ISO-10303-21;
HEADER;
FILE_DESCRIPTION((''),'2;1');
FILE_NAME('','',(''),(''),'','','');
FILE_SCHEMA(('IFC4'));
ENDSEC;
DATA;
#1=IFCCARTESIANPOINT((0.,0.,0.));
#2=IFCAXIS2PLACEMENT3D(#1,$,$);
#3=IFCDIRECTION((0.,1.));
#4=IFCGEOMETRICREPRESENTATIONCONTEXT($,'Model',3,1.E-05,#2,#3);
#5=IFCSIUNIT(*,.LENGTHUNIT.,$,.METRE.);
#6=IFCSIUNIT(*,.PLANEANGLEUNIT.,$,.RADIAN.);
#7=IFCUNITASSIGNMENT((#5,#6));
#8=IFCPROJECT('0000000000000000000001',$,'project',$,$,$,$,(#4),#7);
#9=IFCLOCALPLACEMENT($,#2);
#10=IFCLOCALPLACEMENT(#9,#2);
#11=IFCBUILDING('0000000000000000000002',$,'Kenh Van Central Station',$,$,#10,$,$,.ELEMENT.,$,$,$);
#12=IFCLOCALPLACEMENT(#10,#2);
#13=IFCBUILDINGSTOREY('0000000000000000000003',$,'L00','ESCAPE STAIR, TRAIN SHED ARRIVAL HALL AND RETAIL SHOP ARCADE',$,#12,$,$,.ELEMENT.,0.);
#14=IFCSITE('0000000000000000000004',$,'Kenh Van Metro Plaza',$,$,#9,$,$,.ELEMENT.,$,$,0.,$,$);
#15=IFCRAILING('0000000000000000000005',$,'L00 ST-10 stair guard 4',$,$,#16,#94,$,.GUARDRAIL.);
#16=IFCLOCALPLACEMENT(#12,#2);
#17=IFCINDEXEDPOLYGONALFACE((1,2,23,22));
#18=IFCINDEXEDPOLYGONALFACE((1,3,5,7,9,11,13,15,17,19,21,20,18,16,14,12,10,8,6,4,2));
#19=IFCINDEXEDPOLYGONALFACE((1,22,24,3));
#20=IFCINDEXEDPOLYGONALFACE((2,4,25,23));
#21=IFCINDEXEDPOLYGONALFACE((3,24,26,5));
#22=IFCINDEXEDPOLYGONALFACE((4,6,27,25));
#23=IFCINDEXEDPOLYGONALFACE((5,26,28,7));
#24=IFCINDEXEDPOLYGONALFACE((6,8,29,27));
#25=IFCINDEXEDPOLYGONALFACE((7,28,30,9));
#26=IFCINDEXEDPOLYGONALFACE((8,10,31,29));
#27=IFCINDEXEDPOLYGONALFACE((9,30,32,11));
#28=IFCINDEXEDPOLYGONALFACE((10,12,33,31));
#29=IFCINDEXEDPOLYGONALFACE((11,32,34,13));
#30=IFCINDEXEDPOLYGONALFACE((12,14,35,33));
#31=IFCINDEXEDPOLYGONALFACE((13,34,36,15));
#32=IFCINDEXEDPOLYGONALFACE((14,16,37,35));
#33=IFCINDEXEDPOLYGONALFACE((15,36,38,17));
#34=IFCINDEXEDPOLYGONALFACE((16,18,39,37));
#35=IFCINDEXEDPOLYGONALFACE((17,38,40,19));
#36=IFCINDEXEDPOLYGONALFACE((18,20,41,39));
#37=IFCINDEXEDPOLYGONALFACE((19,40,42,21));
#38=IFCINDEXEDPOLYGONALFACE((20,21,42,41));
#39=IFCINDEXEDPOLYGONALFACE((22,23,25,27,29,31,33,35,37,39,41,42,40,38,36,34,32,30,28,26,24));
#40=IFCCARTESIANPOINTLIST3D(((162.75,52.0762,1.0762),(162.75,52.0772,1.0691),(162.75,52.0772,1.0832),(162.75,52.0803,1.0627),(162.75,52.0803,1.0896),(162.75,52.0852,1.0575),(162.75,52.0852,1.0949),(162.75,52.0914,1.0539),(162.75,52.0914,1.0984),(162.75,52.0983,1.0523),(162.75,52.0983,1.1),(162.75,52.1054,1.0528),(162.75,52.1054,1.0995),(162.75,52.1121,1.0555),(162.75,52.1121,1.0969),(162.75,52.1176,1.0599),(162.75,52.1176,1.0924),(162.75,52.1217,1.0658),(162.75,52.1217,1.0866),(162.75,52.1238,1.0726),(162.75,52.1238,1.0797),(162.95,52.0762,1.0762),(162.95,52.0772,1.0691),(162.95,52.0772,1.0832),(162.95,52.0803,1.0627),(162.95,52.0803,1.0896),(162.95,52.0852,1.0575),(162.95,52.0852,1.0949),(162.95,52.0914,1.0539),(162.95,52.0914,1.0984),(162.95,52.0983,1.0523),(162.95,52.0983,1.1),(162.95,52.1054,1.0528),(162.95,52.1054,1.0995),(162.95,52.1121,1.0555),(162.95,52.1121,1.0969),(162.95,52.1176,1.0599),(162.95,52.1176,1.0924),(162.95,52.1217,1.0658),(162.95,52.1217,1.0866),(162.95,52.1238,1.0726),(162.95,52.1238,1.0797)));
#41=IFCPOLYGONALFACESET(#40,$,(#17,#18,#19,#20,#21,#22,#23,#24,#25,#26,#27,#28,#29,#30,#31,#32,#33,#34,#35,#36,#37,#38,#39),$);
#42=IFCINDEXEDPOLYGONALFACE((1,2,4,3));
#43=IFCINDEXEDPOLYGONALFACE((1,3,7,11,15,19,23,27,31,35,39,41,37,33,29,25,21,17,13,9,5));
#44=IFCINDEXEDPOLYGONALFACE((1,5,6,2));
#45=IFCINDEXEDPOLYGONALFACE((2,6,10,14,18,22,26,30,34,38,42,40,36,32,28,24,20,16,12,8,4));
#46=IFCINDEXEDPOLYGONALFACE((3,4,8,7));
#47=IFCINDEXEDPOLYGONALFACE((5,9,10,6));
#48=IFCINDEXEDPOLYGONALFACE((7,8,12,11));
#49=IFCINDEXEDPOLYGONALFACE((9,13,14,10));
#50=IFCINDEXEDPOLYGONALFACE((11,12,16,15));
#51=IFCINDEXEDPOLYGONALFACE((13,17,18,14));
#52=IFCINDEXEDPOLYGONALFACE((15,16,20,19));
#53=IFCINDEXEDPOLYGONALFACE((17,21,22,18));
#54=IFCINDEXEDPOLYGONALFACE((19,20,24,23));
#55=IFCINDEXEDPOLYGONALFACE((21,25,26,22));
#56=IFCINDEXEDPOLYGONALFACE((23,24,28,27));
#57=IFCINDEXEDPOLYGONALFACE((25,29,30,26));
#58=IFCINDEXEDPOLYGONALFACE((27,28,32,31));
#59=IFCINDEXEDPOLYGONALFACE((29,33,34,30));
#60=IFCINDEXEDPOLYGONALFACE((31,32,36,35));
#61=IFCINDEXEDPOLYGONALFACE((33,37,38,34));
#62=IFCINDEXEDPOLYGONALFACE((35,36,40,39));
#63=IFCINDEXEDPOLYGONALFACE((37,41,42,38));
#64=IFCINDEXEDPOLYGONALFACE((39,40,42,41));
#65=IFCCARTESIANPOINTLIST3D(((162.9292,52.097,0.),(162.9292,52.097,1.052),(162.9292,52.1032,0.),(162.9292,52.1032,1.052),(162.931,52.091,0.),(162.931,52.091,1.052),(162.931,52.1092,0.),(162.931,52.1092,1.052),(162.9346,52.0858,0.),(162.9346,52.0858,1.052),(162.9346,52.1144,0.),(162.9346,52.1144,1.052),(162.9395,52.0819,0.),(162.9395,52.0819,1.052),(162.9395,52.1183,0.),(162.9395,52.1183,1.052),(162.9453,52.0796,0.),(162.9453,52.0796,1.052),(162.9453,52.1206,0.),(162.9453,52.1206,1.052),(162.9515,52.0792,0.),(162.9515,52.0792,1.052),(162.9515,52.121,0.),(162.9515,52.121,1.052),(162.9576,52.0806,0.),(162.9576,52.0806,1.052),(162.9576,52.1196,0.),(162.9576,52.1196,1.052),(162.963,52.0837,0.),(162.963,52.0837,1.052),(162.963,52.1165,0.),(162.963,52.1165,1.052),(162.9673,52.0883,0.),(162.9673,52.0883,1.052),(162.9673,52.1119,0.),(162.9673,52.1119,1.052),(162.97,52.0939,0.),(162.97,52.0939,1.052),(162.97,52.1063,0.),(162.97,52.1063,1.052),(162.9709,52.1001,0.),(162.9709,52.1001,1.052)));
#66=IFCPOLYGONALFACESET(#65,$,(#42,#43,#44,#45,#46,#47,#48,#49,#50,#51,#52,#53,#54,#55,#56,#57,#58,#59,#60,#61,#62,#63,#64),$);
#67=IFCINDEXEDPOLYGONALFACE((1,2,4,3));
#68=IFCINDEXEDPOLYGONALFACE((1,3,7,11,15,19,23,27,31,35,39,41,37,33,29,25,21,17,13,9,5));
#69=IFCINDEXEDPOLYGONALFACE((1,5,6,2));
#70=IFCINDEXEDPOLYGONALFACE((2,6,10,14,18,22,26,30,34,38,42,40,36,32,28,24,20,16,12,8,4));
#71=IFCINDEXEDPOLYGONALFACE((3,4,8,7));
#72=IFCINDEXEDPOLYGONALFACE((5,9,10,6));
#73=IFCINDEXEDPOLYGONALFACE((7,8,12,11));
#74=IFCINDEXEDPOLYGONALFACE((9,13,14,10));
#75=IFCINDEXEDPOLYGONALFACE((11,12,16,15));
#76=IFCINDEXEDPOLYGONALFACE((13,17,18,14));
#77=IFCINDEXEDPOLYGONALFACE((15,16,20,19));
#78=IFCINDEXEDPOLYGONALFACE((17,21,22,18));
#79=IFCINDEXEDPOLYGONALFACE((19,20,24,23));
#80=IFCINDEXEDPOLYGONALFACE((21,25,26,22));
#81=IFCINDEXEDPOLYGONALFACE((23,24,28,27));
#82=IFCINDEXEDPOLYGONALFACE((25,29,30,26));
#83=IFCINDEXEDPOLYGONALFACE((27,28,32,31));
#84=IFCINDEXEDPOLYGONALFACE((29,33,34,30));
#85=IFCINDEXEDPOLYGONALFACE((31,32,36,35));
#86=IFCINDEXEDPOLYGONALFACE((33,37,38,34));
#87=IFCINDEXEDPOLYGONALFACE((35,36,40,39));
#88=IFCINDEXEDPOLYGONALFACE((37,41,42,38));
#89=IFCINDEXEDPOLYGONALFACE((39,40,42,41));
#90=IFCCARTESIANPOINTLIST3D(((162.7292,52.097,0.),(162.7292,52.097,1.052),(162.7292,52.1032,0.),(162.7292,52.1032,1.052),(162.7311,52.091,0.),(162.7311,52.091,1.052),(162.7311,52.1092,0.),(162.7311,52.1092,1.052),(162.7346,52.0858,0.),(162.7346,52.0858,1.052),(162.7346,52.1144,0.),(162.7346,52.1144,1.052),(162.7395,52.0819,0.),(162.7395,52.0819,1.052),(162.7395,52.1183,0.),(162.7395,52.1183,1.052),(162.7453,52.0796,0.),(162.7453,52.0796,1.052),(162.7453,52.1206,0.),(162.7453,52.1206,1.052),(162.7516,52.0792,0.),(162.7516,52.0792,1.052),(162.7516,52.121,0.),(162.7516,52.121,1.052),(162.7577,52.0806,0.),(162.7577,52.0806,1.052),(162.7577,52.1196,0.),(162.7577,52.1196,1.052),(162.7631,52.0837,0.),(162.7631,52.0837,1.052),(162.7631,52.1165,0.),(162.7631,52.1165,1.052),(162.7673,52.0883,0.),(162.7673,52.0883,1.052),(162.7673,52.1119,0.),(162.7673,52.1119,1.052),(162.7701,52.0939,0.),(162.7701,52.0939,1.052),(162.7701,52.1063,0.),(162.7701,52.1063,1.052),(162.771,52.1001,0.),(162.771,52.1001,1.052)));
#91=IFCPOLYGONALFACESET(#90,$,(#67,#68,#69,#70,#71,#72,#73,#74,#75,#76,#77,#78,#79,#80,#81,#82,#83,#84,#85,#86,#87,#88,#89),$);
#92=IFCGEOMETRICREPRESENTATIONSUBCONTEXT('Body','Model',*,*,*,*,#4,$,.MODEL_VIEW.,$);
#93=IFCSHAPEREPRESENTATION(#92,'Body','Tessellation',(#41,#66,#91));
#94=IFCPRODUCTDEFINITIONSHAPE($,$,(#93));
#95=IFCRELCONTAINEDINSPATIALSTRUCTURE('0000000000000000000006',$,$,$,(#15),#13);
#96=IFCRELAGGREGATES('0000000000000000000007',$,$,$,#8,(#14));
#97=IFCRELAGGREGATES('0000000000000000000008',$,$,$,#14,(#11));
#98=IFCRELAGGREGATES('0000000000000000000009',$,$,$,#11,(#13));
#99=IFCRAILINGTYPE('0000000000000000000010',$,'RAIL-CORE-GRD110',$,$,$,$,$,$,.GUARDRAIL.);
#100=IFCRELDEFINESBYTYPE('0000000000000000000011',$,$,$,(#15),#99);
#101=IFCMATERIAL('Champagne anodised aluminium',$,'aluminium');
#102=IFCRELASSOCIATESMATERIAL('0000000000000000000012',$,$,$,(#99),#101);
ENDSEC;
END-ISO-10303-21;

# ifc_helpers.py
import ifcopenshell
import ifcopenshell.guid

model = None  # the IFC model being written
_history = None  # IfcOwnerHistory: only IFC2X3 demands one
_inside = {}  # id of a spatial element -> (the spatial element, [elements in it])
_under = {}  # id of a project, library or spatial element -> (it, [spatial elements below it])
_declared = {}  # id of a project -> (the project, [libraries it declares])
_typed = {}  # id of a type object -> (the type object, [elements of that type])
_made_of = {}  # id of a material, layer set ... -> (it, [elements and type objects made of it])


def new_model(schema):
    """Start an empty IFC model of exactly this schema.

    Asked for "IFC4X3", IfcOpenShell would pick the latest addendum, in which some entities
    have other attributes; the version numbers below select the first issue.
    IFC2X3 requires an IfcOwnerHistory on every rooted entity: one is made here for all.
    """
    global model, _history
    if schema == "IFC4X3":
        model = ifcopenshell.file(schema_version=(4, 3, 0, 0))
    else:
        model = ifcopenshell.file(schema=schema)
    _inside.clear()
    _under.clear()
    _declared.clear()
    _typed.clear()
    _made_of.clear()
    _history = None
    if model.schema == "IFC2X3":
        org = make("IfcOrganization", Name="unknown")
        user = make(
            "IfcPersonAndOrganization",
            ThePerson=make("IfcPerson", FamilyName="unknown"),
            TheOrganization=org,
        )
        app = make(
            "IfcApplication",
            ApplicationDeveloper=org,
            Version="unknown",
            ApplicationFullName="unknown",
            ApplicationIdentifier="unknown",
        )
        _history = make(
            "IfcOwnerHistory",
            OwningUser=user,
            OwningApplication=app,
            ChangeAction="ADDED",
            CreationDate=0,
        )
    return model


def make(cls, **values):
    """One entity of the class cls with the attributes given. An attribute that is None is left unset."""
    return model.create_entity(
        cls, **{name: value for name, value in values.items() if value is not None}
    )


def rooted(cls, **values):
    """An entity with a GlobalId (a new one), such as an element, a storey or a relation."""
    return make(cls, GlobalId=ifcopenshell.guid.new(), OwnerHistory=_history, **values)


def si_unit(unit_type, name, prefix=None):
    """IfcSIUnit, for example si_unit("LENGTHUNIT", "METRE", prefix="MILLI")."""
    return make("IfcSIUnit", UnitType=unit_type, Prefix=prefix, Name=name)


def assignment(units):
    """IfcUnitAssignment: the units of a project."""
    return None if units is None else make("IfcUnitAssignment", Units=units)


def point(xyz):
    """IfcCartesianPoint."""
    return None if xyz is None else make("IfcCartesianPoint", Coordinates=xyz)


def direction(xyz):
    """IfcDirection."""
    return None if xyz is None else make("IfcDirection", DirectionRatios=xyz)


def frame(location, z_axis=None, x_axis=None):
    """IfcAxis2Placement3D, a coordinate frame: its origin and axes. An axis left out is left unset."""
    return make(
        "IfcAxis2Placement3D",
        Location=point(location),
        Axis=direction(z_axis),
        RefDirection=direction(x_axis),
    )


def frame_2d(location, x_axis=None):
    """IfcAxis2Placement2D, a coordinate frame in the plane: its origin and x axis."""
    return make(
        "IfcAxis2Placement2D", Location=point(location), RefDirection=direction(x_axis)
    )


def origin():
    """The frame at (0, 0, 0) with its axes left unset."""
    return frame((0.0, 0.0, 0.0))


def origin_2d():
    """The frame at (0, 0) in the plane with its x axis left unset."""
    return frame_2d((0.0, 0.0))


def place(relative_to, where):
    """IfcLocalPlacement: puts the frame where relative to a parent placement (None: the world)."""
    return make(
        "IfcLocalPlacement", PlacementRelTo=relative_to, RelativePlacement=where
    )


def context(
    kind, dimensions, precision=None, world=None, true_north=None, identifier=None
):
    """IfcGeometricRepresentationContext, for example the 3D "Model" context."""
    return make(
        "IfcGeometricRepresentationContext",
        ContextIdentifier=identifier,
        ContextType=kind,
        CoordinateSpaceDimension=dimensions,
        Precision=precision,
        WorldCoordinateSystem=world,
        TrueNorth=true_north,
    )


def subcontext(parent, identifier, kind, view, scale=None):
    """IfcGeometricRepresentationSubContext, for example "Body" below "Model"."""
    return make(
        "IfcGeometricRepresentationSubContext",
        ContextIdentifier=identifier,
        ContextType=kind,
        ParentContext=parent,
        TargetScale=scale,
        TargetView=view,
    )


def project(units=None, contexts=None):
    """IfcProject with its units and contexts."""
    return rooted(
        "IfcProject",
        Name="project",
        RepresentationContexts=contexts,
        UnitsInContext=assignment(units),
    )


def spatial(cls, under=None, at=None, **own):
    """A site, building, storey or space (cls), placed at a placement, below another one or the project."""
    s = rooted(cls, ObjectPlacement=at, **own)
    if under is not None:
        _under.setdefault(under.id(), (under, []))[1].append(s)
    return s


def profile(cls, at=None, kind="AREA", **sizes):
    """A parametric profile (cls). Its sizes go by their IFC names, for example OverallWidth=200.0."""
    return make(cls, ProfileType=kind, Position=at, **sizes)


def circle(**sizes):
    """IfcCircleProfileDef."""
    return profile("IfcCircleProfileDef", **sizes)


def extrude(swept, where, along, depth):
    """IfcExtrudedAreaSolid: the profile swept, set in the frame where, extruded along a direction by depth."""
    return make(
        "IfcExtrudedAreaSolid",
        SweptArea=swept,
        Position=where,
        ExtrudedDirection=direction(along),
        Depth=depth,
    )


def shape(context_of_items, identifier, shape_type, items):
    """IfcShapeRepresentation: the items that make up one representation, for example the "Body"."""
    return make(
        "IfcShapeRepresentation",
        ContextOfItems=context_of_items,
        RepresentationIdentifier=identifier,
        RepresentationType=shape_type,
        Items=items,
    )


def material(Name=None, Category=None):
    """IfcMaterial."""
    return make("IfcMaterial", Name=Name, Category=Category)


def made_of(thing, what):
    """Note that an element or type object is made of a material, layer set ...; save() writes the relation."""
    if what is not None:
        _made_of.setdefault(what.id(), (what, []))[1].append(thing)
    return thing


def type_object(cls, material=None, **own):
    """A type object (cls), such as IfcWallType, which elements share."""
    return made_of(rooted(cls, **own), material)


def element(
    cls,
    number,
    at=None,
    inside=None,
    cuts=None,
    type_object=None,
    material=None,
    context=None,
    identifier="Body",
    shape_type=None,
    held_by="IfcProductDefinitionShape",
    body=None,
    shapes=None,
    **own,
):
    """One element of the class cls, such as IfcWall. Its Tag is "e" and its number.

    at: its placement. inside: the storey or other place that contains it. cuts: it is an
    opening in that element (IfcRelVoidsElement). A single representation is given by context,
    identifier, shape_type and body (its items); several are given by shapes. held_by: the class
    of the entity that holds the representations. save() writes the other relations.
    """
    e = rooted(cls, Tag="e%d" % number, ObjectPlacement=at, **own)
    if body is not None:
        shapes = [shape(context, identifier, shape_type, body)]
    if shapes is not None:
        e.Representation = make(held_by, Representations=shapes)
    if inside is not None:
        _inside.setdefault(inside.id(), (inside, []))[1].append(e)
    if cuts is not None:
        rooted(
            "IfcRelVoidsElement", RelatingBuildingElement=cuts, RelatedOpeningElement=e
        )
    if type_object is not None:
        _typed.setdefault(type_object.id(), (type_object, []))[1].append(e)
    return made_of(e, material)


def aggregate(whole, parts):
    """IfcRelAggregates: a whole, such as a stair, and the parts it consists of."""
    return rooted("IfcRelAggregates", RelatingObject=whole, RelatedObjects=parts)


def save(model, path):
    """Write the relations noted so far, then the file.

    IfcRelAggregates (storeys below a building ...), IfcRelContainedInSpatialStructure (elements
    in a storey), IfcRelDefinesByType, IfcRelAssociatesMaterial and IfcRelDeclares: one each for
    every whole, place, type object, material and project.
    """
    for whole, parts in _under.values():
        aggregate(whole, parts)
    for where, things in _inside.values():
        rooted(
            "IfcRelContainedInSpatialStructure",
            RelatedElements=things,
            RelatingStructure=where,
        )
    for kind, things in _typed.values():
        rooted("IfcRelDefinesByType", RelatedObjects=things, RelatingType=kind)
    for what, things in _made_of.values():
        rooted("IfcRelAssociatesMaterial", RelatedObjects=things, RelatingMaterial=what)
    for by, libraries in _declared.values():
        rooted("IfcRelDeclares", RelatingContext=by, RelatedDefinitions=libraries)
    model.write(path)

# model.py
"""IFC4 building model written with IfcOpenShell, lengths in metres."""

from ifc_helpers import new_model, si_unit, direction, frame, origin, origin_2d, place, context, subcontext, project, spatial, circle, extrude, material, type_object, element, save


model = new_model("IFC4")

# Units and contexts
model_context = context("Model", 3, precision=1e-05, world=origin(), true_north=direction((0.0, 1.0)))
body_context = subcontext(model_context, "Body", "Model", "MODEL_VIEW")
ifc_project = project(units=[si_unit("LENGTHUNIT", "METRE"), si_unit("PLANEANGLEUNIT", "RADIAN")], contexts=[model_context])

# Site, building, storey
site_placement = place(None, origin())
site = spatial("IfcSite", under=ifc_project, at=site_placement, Name="Kenh Van Metro Plaza", CompositionType="ELEMENT", RefElevation=0.0)
building_placement = place(site_placement, origin())
building = spatial("IfcBuilding", under=site, at=building_placement, Name="Kenh Van Central Station", CompositionType="ELEMENT")
storey_placement = place(building_placement, origin())
storey = spatial("IfcBuildingStorey", under=building, at=storey_placement, Name="L00", Description="ESCAPE STAIR, TRAIN SHED ARRIVAL HALL AND RETAIL SHOP ARCADE", CompositionType="ELEMENT", Elevation=0.0)

# Shared definitions
ifc_material_1 = material(Name="Champagne anodised aluminium", Category="aluminium")

# Railing
railing_type_1 = type_object("IfcRailingType", Name="RAIL-CORE-GRD110", PredefinedType="GUARDRAIL", material=ifc_material_1)
railing_1_placement = place(storey_placement, frame((162.95, 52.1001, 0.0)))
element("IfcRailing", 1, at=railing_1_placement, inside=storey, type_object=railing_type_1, Name="L00 ST-10 stair guard 4", PredefinedType="GUARDRAIL", context=body_context, shape_type="SweptSolid", body=[
    extrude(circle(Radius=0.0239, at=origin_2d()), frame((0.0, 0.0, 1.0762), z_axis=(-1.0, 0.0, 0.0), x_axis=(0.0, -1.0, 0.0)), (0.0, 0.0, 1.0), 0.2),
    extrude(circle(Radius=0.021, at=origin_2d()), origin(), (0.0, 0.0, 1.0), 1.052),
    extrude(circle(Radius=0.021, at=origin_2d()), frame((-0.2, 0.0, 0.0)), (0.0, 0.0, 1.0), 1.052),
])

save(model, "model.ifc")
